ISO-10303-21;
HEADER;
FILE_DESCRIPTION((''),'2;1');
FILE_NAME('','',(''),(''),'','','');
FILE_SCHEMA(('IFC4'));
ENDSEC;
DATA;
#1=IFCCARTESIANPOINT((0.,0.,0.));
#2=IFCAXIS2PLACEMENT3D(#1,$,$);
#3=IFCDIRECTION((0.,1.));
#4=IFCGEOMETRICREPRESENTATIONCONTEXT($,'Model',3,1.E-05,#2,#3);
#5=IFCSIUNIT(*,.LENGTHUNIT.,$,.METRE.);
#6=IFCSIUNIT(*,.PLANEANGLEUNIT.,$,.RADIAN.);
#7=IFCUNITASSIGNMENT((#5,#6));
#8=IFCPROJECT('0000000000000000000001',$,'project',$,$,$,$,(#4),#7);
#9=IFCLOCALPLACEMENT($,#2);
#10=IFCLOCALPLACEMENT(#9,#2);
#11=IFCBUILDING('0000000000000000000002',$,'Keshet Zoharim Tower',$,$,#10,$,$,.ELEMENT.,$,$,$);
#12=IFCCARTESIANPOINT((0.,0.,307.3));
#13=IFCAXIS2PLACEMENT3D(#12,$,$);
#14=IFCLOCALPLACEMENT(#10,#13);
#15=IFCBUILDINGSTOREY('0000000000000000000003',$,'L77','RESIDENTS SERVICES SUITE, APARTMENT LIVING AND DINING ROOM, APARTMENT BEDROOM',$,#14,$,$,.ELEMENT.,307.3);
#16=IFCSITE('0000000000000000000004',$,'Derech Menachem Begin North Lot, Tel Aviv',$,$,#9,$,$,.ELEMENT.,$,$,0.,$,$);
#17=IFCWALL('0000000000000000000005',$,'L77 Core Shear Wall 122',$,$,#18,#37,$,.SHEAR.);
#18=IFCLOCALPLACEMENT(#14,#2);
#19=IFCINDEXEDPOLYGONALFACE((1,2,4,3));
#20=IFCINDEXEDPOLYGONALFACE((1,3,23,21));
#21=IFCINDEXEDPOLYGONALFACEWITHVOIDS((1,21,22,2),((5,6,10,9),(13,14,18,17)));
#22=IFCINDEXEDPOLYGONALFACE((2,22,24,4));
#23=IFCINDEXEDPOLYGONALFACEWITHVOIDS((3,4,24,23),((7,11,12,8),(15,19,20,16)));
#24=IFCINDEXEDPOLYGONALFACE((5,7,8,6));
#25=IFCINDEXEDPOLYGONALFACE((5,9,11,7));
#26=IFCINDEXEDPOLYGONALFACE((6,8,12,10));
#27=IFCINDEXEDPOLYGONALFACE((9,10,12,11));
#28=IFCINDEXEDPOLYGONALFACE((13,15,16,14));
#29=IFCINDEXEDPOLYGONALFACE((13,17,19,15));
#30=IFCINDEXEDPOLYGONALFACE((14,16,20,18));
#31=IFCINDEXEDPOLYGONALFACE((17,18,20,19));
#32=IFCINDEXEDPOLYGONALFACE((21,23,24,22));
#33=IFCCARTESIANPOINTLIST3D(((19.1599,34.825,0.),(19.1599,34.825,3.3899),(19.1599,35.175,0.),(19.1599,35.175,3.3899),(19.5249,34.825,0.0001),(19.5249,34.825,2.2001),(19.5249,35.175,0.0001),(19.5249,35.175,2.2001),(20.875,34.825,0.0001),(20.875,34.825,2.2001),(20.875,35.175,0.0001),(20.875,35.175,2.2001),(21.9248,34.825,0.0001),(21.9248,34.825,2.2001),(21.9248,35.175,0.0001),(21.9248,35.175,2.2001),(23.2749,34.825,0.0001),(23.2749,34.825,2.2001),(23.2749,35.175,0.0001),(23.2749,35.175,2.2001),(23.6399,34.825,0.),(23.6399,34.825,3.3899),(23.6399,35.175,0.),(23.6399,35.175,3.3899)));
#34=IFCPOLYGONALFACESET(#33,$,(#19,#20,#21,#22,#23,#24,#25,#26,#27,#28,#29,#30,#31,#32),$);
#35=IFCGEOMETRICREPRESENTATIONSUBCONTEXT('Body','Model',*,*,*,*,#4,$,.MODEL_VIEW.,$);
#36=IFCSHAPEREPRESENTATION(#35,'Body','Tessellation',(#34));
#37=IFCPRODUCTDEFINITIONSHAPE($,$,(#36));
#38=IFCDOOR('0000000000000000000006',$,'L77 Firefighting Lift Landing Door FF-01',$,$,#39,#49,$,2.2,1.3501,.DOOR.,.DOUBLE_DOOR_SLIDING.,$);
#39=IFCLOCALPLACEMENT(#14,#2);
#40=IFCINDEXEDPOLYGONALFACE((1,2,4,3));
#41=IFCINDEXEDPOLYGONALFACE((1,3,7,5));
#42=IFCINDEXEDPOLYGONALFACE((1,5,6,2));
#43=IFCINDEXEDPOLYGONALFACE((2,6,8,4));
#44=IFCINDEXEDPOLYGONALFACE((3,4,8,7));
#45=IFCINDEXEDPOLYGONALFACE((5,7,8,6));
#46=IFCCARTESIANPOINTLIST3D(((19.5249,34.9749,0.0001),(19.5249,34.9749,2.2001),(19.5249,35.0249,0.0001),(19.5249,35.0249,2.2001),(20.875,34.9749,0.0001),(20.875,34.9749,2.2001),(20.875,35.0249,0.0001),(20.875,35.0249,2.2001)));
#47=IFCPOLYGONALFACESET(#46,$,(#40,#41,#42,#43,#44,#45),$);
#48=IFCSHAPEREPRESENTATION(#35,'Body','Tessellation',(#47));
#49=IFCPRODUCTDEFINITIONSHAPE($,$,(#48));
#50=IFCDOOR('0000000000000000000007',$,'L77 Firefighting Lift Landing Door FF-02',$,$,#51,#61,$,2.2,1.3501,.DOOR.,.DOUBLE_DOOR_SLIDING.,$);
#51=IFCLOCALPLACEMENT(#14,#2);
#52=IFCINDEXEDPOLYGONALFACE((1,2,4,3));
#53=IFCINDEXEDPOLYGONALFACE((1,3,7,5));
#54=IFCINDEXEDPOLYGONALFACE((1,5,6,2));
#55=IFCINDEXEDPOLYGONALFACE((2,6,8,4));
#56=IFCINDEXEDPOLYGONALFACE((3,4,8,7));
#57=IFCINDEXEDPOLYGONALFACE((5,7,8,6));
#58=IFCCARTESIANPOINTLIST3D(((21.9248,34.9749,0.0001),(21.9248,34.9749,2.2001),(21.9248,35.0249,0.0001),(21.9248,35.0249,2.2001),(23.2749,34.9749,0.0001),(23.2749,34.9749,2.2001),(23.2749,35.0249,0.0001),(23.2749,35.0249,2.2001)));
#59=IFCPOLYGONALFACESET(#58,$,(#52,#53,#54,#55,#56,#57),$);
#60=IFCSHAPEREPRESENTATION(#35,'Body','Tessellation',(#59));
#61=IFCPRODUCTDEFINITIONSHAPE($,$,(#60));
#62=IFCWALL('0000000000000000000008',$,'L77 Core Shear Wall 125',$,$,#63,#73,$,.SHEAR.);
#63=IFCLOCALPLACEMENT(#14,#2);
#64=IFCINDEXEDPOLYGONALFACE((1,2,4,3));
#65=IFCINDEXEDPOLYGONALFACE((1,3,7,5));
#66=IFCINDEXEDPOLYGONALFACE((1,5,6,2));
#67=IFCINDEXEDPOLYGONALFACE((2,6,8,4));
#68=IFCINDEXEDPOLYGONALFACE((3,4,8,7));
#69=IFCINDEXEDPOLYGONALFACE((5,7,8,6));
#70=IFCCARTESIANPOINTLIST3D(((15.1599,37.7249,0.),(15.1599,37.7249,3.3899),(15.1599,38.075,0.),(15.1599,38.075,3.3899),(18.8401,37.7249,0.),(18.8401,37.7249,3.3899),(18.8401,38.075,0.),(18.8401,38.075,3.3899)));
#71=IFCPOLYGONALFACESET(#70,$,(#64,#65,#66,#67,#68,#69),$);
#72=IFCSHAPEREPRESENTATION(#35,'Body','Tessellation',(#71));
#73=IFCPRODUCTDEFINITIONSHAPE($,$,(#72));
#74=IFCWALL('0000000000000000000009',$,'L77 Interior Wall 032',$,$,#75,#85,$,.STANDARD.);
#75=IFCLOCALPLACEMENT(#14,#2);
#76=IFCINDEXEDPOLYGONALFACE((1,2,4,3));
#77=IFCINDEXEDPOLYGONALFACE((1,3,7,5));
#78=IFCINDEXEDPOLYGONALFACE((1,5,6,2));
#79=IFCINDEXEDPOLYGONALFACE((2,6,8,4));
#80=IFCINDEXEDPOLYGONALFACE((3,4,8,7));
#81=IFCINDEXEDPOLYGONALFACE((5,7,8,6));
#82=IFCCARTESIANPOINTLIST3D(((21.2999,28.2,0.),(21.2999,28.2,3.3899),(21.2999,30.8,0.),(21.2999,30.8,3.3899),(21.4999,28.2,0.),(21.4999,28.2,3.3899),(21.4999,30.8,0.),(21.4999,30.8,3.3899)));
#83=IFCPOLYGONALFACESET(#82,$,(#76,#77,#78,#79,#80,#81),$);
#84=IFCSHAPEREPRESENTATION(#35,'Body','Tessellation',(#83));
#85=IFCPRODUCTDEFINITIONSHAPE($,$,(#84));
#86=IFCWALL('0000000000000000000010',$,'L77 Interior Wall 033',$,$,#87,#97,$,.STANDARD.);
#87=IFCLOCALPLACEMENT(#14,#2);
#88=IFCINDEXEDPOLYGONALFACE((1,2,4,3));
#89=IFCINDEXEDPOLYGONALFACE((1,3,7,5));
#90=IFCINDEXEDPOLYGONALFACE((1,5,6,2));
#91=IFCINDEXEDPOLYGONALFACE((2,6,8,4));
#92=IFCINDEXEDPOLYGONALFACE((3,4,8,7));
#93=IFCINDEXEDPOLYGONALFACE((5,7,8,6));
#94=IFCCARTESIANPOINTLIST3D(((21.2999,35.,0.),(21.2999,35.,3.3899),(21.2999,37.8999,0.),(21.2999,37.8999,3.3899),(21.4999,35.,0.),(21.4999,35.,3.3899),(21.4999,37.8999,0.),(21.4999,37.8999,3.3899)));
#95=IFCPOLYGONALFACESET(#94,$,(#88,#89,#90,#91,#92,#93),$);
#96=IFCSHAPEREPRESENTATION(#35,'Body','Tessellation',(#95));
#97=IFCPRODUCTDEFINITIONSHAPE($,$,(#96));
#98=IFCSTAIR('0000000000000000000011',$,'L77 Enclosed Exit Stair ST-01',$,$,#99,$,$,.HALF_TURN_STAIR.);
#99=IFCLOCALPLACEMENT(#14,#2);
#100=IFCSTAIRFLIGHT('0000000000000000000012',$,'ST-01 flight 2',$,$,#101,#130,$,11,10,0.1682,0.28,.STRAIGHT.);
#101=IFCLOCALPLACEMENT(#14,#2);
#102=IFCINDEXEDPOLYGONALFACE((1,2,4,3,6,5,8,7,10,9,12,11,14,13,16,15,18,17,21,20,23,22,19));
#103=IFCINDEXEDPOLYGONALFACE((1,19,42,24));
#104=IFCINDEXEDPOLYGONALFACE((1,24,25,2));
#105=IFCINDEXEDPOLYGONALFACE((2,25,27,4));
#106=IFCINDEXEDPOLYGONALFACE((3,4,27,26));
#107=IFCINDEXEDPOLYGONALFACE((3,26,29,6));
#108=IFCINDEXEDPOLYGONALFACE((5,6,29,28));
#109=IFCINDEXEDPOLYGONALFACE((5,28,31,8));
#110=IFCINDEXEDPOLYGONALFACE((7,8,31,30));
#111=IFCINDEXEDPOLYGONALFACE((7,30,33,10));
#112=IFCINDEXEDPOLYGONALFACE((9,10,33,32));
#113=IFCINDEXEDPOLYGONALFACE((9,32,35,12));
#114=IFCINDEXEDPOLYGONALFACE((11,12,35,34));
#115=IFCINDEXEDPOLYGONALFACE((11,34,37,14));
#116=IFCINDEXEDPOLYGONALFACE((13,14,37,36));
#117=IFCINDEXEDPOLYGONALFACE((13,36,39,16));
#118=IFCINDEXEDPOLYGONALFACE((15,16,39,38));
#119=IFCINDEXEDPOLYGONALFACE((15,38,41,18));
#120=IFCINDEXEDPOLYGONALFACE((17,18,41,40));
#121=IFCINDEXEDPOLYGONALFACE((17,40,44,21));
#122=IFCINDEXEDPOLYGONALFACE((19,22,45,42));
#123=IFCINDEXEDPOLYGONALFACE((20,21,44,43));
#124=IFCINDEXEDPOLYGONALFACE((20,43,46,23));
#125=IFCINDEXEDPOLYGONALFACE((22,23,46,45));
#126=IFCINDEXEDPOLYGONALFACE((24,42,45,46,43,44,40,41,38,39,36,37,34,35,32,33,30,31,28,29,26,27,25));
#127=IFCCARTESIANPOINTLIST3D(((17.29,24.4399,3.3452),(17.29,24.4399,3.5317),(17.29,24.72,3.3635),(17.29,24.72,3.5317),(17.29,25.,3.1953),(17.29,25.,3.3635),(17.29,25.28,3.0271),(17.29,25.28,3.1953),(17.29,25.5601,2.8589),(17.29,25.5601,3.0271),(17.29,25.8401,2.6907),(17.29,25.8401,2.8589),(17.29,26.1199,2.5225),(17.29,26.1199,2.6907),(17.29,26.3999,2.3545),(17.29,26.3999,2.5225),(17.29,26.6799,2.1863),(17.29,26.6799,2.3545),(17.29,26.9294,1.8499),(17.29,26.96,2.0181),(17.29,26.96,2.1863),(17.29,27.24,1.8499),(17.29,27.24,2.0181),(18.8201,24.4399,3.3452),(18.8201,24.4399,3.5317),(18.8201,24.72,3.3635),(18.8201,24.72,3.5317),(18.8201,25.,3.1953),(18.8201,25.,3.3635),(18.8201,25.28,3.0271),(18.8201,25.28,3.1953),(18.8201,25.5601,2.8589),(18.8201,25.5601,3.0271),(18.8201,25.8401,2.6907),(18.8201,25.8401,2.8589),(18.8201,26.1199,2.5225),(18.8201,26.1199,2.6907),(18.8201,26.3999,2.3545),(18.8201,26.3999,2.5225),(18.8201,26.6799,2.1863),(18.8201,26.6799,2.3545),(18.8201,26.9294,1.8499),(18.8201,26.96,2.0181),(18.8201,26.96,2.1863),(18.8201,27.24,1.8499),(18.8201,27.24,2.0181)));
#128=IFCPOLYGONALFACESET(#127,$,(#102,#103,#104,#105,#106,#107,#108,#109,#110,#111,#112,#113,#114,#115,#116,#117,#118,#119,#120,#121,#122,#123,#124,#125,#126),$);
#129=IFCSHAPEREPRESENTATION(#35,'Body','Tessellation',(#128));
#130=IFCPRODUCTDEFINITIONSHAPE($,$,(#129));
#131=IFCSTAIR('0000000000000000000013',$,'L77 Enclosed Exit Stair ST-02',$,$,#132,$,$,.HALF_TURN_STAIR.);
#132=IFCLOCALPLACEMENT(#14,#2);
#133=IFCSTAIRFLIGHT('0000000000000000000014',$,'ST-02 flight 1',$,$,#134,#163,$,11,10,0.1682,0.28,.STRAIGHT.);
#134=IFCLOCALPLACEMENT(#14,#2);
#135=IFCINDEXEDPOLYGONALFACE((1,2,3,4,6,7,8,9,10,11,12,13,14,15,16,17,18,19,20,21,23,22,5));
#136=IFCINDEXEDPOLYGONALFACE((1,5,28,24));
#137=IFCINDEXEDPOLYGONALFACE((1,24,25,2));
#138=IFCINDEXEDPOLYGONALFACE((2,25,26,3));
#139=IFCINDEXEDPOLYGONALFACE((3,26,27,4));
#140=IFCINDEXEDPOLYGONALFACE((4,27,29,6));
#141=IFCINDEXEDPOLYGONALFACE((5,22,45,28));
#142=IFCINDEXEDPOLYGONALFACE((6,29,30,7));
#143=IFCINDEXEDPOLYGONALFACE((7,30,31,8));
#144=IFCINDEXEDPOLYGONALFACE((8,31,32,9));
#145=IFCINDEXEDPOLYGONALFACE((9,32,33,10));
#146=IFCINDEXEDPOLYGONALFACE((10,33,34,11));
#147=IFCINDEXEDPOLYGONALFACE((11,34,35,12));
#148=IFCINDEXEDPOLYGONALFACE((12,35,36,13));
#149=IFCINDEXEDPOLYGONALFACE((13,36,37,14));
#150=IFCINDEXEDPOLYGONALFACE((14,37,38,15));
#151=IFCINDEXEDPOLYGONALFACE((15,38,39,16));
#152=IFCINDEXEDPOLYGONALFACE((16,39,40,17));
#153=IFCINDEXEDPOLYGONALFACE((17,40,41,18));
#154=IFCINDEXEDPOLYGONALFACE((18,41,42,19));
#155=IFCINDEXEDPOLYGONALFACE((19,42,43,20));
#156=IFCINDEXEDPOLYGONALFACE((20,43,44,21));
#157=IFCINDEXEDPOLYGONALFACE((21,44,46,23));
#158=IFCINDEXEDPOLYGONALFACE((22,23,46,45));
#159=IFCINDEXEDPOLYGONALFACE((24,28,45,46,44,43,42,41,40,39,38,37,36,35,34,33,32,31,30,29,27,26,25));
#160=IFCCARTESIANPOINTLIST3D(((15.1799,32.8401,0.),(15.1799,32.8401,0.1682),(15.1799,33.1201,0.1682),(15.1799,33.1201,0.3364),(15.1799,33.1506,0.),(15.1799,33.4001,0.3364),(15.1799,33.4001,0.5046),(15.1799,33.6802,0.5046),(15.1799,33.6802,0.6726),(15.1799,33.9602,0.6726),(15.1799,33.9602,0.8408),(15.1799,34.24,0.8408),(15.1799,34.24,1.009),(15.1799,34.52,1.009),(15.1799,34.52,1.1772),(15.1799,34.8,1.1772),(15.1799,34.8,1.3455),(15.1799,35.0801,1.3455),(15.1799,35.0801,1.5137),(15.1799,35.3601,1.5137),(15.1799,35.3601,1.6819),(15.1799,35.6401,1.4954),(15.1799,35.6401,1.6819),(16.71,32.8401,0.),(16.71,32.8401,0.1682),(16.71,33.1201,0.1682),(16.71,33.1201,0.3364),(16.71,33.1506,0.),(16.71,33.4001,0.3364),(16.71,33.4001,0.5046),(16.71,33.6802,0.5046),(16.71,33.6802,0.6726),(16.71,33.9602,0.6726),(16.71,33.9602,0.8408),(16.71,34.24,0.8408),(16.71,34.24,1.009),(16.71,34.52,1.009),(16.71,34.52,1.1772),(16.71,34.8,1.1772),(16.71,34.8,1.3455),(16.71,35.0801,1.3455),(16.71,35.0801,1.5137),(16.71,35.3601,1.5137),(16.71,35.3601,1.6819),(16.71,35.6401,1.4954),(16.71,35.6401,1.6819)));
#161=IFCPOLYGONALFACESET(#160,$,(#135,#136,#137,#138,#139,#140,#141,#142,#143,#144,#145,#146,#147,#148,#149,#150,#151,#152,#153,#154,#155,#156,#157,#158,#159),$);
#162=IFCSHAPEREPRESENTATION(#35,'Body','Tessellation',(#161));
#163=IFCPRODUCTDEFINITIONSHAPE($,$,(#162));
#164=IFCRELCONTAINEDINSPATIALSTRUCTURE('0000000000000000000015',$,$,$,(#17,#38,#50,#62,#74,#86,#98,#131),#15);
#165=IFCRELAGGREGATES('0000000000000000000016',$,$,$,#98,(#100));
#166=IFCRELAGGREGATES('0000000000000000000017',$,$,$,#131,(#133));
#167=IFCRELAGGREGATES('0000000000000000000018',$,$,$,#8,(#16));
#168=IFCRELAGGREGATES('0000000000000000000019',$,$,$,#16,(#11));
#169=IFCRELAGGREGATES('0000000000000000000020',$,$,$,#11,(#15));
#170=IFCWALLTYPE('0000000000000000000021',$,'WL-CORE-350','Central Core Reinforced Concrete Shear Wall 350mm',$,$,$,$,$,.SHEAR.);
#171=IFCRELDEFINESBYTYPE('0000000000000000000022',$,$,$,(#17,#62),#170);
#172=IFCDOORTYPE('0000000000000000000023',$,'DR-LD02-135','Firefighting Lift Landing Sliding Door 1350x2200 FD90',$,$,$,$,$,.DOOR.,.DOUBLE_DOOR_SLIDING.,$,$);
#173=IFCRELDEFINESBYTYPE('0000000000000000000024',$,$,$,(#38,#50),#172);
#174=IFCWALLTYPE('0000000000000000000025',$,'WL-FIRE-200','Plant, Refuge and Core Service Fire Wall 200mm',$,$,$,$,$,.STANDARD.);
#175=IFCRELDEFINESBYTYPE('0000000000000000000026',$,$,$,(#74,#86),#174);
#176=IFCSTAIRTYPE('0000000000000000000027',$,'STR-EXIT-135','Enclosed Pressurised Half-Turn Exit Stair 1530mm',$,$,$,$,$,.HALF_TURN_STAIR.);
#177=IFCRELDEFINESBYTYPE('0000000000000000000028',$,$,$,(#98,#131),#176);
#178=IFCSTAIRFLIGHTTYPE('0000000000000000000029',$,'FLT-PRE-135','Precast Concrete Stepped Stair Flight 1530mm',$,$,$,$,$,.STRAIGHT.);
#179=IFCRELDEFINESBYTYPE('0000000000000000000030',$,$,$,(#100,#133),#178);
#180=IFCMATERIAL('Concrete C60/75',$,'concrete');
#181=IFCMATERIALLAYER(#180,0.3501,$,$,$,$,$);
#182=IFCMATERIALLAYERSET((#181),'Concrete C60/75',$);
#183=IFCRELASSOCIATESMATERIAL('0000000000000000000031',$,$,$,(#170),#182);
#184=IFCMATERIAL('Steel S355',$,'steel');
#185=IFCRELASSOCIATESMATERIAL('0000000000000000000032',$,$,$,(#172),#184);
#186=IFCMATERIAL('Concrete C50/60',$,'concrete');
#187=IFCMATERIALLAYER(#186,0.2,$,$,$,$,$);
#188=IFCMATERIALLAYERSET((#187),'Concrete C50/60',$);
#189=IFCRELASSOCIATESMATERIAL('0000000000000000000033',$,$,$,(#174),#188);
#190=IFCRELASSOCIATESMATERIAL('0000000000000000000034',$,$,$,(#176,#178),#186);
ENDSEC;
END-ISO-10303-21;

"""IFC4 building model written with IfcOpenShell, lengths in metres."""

from ifc_helpers import new_model, si_unit, direction, frame, frame_2d, origin, place, context, subcontext, project, spatial, polyline, rectangle, outline, extrude, material, layer, layer_set, type_object, element, fill, aggregate, save


model = new_model("IFC4")

# Units and contexts
model_context = context("Model", 3, precision=1e-05, world=origin(), true_north=direction((0.0, 1.0)))
body_context = subcontext(model_context, "Body", "Model", "MODEL_VIEW")
ifc_project = project(units=[si_unit("LENGTHUNIT", "METRE"), si_unit("PLANEANGLEUNIT", "RADIAN")], contexts=[model_context])

# Site, building, storey
site_placement = place(None, origin())
site = spatial("IfcSite", under=ifc_project, at=site_placement, Name="Derech Menachem Begin North Lot, Tel Aviv", CompositionType="ELEMENT", RefElevation=0.0)
building_placement = place(site_placement, origin())
building = spatial("IfcBuilding", under=site, at=building_placement, Name="Keshet Zoharim Tower", CompositionType="ELEMENT")
storey_placement = place(building_placement, frame((0.0, 0.0, 307.3)))
storey = spatial("IfcBuildingStorey", under=building, at=storey_placement, Name="L77", Description="RESIDENTS SERVICES SUITE, APARTMENT LIVING AND DINING ROOM, APARTMENT BEDROOM", CompositionType="ELEMENT", Elevation=307.3)

# Shared definitions
ifc_material_1 = material(Name="Concrete C60/75", Category="concrete")
ifc_layer_1 = layer(ifc_material_1, 0.3501)
ifc_layer_set_1 = layer_set([ifc_layer_1], Name="Concrete C60/75")
wall_type_1 = type_object("IfcWallType", Name="WL-CORE-350", Description="Central Core Reinforced Concrete Shear Wall 350mm", PredefinedType="SHEAR", material=ifc_layer_set_1)

# Shared definitions
ifc_material_2 = material(Name="Steel S355", Category="steel")

# Wall, openings, doors
wall_1_placement = place(storey_placement, frame((19.1599, 35.0, 0.0), z_axis=(0.0, 0.0, 1.0), x_axis=(1.0, 0.0, 0.0)))
wall_1 = element("IfcWall", 1, at=wall_1_placement, inside=storey, type_object=wall_type_1, Name="L77 Core Shear Wall 122", PredefinedType="SHEAR", context=body_context, shape_type="SweptSolid", body=[
    extrude(rectangle(XDim=4.48, YDim=0.3501, at=frame_2d((2.24, 0.0))), origin(), (0.0, 0.0, 1.0), 3.3899),
])
opening_1_placement = place(wall_1_placement, frame((0.365, 0.0, 0.0)))
opening_1 = element("IfcOpeningElement", 2, at=opening_1_placement, cuts=wall_1, PredefinedType="OPENING", context=body_context, shape_type="SweptSolid", body=[
    extrude(rectangle(XDim=1.3501, YDim=2.2, at=frame_2d((0.675, 1.1001))), frame((0.0, 0.1851, 0.0), z_axis=(0.0, -1.0, 0.0), x_axis=(1.0, 0.0, 0.0)), (0.0, 0.0, 1.0), 0.3701),
])
opening_2_placement = place(wall_1_placement, frame((2.7649, 0.0, 0.0)))
opening_2 = element("IfcOpeningElement", 3, at=opening_2_placement, cuts=wall_1, PredefinedType="OPENING", context=body_context, shape_type="SweptSolid", body=[
    extrude(rectangle(XDim=1.3501, YDim=2.2, at=frame_2d((0.675, 1.1001))), frame((0.0, 0.1851, 0.0), z_axis=(0.0, -1.0, 0.0), x_axis=(1.0, 0.0, 0.0)), (0.0, 0.0, 1.0), 0.3701),
])
door_type_1 = type_object("IfcDoorType", Name="DR-LD02-135", Description="Firefighting Lift Landing Sliding Door 1350x2200 FD90", OperationType="DOUBLE_DOOR_SLIDING", PredefinedType="DOOR", material=ifc_material_2)
door_1_placement = place(opening_1_placement, origin())
door_1 = element("IfcDoor", 4, at=door_1_placement, inside=storey, type_object=door_type_1, Name="L77 Firefighting Lift Landing Door FF-01", OperationType="DOUBLE_DOOR_SLIDING", OverallHeight=2.2, OverallWidth=1.3501, PredefinedType="DOOR", context=body_context, shape_type="SweptSolid", body=[
    extrude(rectangle(XDim=1.3501, YDim=2.2, at=frame_2d((0.675, 1.1001))), frame((0.0, 0.0249, 0.0), z_axis=(0.0, -1.0, 0.0), x_axis=(1.0, 0.0, 0.0)), (0.0, 0.0, 1.0), 0.05),
])
fill(opening_1, door_1)
door_2_placement = place(opening_2_placement, origin())
door_2 = element("IfcDoor", 5, at=door_2_placement, inside=storey, type_object=door_type_1, Name="L77 Firefighting Lift Landing Door FF-02", OperationType="DOUBLE_DOOR_SLIDING", OverallHeight=2.2, OverallWidth=1.3501, PredefinedType="DOOR", context=body_context, shape_type="SweptSolid", body=[
    extrude(rectangle(XDim=1.3501, YDim=2.2, at=frame_2d((0.675, 1.1001))), frame((0.0, 0.0249, 0.0), z_axis=(0.0, -1.0, 0.0), x_axis=(1.0, 0.0, 0.0)), (0.0, 0.0, 1.0), 0.05),
])
fill(opening_2, door_2)

# Walls
wall_2_placement = place(storey_placement, frame((15.1599, 37.8999, 0.0), z_axis=(0.0, 0.0, 1.0), x_axis=(1.0, 0.0, 0.0)))
element("IfcWall", 6, at=wall_2_placement, inside=storey, type_object=wall_type_1, Name="L77 Core Shear Wall 125", PredefinedType="SHEAR", context=body_context, shape_type="SweptSolid", body=[
    extrude(rectangle(XDim=3.6802, YDim=0.3501, at=frame_2d((1.8401, 0.0))), origin(), (0.0, 0.0, 1.0), 3.3899),
])
ifc_material_3 = material(Name="Concrete C50/60", Category="concrete")
ifc_layer_2 = layer(ifc_material_3, 0.2)
ifc_layer_set_2 = layer_set([ifc_layer_2], Name="Concrete C50/60")
wall_type_2 = type_object("IfcWallType", Name="WL-FIRE-200", Description="Plant, Refuge and Core Service Fire Wall 200mm", PredefinedType="STANDARD", material=ifc_layer_set_2)
wall_3_placement = place(storey_placement, frame((21.3999, 28.2, 0.0), z_axis=(0.0, 0.0, 1.0), x_axis=(0.0, 1.0, 0.0)))
element("IfcWall", 7, at=wall_3_placement, inside=storey, type_object=wall_type_2, Name="L77 Interior Wall 032", PredefinedType="STANDARD", context=body_context, shape_type="SweptSolid", body=[
    extrude(rectangle(XDim=2.6001, YDim=0.2, at=frame_2d((1.3, 0.0))), origin(), (0.0, 0.0, 1.0), 3.3899),
])
wall_4_placement = place(storey_placement, frame((21.3999, 35.0, 0.0), z_axis=(0.0, 0.0, 1.0), x_axis=(0.0, 1.0, 0.0)))
element("IfcWall", 8, at=wall_4_placement, inside=storey, type_object=wall_type_2, Name="L77 Interior Wall 033", PredefinedType="STANDARD", context=body_context, shape_type="SweptSolid", body=[
    extrude(rectangle(XDim=2.8999, YDim=0.2, at=frame_2d((1.45, 0.0))), origin(), (0.0, 0.0, 1.0), 3.3899),
])

# Stair, stair flight
stair_type = type_object("IfcStairType", Name="STR-EXIT-135", Description="Enclosed Pressurised Half-Turn Exit Stair 1530mm", PredefinedType="HALF_TURN_STAIR", material=ifc_material_3)
stair_1_placement = place(storey_placement, origin())
stair_1 = element("IfcStair", 9, at=stair_1_placement, inside=storey, type_object=stair_type, Name="L77 Enclosed Exit Stair ST-01", PredefinedType="HALF_TURN_STAIR")
stair_flight_type = type_object("IfcStairFlightType", Name="FLT-PRE-135", Description="Precast Concrete Stepped Stair Flight 1530mm", PredefinedType="STRAIGHT", material=ifc_material_3)
stair_flight_1_placement = place(storey_placement, frame((18.0549, 27.24, 1.8499), z_axis=(0.0, 0.0, 1.0), x_axis=(0.0, -1.0, 0.0)))
stair_flight_1 = element("IfcStairFlight", 10, at=stair_flight_1_placement, type_object=stair_flight_type, Name="ST-01 flight 2", NumberOfRisers=11, NumberOfTreads=10, PredefinedType="STRAIGHT", RiserHeight=0.1682, TreadLength=0.28, context=body_context, shape_type="SweptSolid", body=[
    extrude(outline(polyline([(0.0, 0.0), (0.0, 0.1682), (0.28, 0.1682), (0.28, 0.3364), (0.5601, 0.3364), (0.5601, 0.5046), (0.8401, 0.5046), (0.8401, 0.6726), (1.1201, 0.6726), (1.1201, 0.8408), (1.3999, 0.8408), (1.3999, 1.009), (1.6799, 1.009), (1.6799, 1.1772), (1.96, 1.1772), (1.96, 1.3455), (2.24, 1.3455), (2.24, 1.5137), (2.52, 1.5137), (2.52, 1.6819), (2.8, 1.6819), (2.8, 1.8501), (2.8, 1.4954), (0.3105, 0.0), (0.0, 0.0)])), frame((0.0, 0.7651, 0.0), z_axis=(0.0, -1.0, 0.0), x_axis=(1.0, 0.0, 0.0)), (0.0, 0.0, 1.0), 1.53),
])
aggregate(stair_1, [stair_flight_1])

# Stair, stair flight
stair_2_placement = place(storey_placement, origin())
stair_2 = element("IfcStair", 11, at=stair_2_placement, inside=storey, type_object=stair_type, Name="L77 Enclosed Exit Stair ST-02", PredefinedType="HALF_TURN_STAIR")
stair_flight_2_placement = place(storey_placement, frame((15.9451, 32.8401, 0.0), z_axis=(0.0, 0.0, 1.0), x_axis=(0.0, 1.0, 0.0)))
stair_flight_2 = element("IfcStairFlight", 12, at=stair_flight_2_placement, type_object=stair_flight_type, Name="ST-02 flight 1", NumberOfRisers=11, NumberOfTreads=10, PredefinedType="STRAIGHT", RiserHeight=0.1682, TreadLength=0.28, context=body_context, shape_type="SweptSolid", body=[
    extrude(outline(polyline([(0.0, 0.0), (0.0, 0.1682), (0.28, 0.1682), (0.28, 0.3364), (0.5601, 0.3364), (0.5601, 0.5046), (0.8401, 0.5046), (0.8401, 0.6726), (1.1201, 0.6726), (1.1201, 0.8408), (1.3999, 0.8408), (1.3999, 1.009), (1.6799, 1.009), (1.6799, 1.1772), (1.96, 1.1772), (1.96, 1.3455), (2.24, 1.3455), (2.24, 1.5137), (2.52, 1.5137), (2.52, 1.6819), (2.8, 1.6819), (2.8, 1.8501), (2.8, 1.4954), (0.3105, 0.0), (0.0, 0.0)])), frame((0.0, 0.7651, 0.0), z_axis=(0.0, -1.0, 0.0), x_axis=(1.0, 0.0, 0.0)), (0.0, 0.0, 1.0), 1.53),
])
aggregate(stair_2, [stair_flight_2])

save(model, "model.ifc")
